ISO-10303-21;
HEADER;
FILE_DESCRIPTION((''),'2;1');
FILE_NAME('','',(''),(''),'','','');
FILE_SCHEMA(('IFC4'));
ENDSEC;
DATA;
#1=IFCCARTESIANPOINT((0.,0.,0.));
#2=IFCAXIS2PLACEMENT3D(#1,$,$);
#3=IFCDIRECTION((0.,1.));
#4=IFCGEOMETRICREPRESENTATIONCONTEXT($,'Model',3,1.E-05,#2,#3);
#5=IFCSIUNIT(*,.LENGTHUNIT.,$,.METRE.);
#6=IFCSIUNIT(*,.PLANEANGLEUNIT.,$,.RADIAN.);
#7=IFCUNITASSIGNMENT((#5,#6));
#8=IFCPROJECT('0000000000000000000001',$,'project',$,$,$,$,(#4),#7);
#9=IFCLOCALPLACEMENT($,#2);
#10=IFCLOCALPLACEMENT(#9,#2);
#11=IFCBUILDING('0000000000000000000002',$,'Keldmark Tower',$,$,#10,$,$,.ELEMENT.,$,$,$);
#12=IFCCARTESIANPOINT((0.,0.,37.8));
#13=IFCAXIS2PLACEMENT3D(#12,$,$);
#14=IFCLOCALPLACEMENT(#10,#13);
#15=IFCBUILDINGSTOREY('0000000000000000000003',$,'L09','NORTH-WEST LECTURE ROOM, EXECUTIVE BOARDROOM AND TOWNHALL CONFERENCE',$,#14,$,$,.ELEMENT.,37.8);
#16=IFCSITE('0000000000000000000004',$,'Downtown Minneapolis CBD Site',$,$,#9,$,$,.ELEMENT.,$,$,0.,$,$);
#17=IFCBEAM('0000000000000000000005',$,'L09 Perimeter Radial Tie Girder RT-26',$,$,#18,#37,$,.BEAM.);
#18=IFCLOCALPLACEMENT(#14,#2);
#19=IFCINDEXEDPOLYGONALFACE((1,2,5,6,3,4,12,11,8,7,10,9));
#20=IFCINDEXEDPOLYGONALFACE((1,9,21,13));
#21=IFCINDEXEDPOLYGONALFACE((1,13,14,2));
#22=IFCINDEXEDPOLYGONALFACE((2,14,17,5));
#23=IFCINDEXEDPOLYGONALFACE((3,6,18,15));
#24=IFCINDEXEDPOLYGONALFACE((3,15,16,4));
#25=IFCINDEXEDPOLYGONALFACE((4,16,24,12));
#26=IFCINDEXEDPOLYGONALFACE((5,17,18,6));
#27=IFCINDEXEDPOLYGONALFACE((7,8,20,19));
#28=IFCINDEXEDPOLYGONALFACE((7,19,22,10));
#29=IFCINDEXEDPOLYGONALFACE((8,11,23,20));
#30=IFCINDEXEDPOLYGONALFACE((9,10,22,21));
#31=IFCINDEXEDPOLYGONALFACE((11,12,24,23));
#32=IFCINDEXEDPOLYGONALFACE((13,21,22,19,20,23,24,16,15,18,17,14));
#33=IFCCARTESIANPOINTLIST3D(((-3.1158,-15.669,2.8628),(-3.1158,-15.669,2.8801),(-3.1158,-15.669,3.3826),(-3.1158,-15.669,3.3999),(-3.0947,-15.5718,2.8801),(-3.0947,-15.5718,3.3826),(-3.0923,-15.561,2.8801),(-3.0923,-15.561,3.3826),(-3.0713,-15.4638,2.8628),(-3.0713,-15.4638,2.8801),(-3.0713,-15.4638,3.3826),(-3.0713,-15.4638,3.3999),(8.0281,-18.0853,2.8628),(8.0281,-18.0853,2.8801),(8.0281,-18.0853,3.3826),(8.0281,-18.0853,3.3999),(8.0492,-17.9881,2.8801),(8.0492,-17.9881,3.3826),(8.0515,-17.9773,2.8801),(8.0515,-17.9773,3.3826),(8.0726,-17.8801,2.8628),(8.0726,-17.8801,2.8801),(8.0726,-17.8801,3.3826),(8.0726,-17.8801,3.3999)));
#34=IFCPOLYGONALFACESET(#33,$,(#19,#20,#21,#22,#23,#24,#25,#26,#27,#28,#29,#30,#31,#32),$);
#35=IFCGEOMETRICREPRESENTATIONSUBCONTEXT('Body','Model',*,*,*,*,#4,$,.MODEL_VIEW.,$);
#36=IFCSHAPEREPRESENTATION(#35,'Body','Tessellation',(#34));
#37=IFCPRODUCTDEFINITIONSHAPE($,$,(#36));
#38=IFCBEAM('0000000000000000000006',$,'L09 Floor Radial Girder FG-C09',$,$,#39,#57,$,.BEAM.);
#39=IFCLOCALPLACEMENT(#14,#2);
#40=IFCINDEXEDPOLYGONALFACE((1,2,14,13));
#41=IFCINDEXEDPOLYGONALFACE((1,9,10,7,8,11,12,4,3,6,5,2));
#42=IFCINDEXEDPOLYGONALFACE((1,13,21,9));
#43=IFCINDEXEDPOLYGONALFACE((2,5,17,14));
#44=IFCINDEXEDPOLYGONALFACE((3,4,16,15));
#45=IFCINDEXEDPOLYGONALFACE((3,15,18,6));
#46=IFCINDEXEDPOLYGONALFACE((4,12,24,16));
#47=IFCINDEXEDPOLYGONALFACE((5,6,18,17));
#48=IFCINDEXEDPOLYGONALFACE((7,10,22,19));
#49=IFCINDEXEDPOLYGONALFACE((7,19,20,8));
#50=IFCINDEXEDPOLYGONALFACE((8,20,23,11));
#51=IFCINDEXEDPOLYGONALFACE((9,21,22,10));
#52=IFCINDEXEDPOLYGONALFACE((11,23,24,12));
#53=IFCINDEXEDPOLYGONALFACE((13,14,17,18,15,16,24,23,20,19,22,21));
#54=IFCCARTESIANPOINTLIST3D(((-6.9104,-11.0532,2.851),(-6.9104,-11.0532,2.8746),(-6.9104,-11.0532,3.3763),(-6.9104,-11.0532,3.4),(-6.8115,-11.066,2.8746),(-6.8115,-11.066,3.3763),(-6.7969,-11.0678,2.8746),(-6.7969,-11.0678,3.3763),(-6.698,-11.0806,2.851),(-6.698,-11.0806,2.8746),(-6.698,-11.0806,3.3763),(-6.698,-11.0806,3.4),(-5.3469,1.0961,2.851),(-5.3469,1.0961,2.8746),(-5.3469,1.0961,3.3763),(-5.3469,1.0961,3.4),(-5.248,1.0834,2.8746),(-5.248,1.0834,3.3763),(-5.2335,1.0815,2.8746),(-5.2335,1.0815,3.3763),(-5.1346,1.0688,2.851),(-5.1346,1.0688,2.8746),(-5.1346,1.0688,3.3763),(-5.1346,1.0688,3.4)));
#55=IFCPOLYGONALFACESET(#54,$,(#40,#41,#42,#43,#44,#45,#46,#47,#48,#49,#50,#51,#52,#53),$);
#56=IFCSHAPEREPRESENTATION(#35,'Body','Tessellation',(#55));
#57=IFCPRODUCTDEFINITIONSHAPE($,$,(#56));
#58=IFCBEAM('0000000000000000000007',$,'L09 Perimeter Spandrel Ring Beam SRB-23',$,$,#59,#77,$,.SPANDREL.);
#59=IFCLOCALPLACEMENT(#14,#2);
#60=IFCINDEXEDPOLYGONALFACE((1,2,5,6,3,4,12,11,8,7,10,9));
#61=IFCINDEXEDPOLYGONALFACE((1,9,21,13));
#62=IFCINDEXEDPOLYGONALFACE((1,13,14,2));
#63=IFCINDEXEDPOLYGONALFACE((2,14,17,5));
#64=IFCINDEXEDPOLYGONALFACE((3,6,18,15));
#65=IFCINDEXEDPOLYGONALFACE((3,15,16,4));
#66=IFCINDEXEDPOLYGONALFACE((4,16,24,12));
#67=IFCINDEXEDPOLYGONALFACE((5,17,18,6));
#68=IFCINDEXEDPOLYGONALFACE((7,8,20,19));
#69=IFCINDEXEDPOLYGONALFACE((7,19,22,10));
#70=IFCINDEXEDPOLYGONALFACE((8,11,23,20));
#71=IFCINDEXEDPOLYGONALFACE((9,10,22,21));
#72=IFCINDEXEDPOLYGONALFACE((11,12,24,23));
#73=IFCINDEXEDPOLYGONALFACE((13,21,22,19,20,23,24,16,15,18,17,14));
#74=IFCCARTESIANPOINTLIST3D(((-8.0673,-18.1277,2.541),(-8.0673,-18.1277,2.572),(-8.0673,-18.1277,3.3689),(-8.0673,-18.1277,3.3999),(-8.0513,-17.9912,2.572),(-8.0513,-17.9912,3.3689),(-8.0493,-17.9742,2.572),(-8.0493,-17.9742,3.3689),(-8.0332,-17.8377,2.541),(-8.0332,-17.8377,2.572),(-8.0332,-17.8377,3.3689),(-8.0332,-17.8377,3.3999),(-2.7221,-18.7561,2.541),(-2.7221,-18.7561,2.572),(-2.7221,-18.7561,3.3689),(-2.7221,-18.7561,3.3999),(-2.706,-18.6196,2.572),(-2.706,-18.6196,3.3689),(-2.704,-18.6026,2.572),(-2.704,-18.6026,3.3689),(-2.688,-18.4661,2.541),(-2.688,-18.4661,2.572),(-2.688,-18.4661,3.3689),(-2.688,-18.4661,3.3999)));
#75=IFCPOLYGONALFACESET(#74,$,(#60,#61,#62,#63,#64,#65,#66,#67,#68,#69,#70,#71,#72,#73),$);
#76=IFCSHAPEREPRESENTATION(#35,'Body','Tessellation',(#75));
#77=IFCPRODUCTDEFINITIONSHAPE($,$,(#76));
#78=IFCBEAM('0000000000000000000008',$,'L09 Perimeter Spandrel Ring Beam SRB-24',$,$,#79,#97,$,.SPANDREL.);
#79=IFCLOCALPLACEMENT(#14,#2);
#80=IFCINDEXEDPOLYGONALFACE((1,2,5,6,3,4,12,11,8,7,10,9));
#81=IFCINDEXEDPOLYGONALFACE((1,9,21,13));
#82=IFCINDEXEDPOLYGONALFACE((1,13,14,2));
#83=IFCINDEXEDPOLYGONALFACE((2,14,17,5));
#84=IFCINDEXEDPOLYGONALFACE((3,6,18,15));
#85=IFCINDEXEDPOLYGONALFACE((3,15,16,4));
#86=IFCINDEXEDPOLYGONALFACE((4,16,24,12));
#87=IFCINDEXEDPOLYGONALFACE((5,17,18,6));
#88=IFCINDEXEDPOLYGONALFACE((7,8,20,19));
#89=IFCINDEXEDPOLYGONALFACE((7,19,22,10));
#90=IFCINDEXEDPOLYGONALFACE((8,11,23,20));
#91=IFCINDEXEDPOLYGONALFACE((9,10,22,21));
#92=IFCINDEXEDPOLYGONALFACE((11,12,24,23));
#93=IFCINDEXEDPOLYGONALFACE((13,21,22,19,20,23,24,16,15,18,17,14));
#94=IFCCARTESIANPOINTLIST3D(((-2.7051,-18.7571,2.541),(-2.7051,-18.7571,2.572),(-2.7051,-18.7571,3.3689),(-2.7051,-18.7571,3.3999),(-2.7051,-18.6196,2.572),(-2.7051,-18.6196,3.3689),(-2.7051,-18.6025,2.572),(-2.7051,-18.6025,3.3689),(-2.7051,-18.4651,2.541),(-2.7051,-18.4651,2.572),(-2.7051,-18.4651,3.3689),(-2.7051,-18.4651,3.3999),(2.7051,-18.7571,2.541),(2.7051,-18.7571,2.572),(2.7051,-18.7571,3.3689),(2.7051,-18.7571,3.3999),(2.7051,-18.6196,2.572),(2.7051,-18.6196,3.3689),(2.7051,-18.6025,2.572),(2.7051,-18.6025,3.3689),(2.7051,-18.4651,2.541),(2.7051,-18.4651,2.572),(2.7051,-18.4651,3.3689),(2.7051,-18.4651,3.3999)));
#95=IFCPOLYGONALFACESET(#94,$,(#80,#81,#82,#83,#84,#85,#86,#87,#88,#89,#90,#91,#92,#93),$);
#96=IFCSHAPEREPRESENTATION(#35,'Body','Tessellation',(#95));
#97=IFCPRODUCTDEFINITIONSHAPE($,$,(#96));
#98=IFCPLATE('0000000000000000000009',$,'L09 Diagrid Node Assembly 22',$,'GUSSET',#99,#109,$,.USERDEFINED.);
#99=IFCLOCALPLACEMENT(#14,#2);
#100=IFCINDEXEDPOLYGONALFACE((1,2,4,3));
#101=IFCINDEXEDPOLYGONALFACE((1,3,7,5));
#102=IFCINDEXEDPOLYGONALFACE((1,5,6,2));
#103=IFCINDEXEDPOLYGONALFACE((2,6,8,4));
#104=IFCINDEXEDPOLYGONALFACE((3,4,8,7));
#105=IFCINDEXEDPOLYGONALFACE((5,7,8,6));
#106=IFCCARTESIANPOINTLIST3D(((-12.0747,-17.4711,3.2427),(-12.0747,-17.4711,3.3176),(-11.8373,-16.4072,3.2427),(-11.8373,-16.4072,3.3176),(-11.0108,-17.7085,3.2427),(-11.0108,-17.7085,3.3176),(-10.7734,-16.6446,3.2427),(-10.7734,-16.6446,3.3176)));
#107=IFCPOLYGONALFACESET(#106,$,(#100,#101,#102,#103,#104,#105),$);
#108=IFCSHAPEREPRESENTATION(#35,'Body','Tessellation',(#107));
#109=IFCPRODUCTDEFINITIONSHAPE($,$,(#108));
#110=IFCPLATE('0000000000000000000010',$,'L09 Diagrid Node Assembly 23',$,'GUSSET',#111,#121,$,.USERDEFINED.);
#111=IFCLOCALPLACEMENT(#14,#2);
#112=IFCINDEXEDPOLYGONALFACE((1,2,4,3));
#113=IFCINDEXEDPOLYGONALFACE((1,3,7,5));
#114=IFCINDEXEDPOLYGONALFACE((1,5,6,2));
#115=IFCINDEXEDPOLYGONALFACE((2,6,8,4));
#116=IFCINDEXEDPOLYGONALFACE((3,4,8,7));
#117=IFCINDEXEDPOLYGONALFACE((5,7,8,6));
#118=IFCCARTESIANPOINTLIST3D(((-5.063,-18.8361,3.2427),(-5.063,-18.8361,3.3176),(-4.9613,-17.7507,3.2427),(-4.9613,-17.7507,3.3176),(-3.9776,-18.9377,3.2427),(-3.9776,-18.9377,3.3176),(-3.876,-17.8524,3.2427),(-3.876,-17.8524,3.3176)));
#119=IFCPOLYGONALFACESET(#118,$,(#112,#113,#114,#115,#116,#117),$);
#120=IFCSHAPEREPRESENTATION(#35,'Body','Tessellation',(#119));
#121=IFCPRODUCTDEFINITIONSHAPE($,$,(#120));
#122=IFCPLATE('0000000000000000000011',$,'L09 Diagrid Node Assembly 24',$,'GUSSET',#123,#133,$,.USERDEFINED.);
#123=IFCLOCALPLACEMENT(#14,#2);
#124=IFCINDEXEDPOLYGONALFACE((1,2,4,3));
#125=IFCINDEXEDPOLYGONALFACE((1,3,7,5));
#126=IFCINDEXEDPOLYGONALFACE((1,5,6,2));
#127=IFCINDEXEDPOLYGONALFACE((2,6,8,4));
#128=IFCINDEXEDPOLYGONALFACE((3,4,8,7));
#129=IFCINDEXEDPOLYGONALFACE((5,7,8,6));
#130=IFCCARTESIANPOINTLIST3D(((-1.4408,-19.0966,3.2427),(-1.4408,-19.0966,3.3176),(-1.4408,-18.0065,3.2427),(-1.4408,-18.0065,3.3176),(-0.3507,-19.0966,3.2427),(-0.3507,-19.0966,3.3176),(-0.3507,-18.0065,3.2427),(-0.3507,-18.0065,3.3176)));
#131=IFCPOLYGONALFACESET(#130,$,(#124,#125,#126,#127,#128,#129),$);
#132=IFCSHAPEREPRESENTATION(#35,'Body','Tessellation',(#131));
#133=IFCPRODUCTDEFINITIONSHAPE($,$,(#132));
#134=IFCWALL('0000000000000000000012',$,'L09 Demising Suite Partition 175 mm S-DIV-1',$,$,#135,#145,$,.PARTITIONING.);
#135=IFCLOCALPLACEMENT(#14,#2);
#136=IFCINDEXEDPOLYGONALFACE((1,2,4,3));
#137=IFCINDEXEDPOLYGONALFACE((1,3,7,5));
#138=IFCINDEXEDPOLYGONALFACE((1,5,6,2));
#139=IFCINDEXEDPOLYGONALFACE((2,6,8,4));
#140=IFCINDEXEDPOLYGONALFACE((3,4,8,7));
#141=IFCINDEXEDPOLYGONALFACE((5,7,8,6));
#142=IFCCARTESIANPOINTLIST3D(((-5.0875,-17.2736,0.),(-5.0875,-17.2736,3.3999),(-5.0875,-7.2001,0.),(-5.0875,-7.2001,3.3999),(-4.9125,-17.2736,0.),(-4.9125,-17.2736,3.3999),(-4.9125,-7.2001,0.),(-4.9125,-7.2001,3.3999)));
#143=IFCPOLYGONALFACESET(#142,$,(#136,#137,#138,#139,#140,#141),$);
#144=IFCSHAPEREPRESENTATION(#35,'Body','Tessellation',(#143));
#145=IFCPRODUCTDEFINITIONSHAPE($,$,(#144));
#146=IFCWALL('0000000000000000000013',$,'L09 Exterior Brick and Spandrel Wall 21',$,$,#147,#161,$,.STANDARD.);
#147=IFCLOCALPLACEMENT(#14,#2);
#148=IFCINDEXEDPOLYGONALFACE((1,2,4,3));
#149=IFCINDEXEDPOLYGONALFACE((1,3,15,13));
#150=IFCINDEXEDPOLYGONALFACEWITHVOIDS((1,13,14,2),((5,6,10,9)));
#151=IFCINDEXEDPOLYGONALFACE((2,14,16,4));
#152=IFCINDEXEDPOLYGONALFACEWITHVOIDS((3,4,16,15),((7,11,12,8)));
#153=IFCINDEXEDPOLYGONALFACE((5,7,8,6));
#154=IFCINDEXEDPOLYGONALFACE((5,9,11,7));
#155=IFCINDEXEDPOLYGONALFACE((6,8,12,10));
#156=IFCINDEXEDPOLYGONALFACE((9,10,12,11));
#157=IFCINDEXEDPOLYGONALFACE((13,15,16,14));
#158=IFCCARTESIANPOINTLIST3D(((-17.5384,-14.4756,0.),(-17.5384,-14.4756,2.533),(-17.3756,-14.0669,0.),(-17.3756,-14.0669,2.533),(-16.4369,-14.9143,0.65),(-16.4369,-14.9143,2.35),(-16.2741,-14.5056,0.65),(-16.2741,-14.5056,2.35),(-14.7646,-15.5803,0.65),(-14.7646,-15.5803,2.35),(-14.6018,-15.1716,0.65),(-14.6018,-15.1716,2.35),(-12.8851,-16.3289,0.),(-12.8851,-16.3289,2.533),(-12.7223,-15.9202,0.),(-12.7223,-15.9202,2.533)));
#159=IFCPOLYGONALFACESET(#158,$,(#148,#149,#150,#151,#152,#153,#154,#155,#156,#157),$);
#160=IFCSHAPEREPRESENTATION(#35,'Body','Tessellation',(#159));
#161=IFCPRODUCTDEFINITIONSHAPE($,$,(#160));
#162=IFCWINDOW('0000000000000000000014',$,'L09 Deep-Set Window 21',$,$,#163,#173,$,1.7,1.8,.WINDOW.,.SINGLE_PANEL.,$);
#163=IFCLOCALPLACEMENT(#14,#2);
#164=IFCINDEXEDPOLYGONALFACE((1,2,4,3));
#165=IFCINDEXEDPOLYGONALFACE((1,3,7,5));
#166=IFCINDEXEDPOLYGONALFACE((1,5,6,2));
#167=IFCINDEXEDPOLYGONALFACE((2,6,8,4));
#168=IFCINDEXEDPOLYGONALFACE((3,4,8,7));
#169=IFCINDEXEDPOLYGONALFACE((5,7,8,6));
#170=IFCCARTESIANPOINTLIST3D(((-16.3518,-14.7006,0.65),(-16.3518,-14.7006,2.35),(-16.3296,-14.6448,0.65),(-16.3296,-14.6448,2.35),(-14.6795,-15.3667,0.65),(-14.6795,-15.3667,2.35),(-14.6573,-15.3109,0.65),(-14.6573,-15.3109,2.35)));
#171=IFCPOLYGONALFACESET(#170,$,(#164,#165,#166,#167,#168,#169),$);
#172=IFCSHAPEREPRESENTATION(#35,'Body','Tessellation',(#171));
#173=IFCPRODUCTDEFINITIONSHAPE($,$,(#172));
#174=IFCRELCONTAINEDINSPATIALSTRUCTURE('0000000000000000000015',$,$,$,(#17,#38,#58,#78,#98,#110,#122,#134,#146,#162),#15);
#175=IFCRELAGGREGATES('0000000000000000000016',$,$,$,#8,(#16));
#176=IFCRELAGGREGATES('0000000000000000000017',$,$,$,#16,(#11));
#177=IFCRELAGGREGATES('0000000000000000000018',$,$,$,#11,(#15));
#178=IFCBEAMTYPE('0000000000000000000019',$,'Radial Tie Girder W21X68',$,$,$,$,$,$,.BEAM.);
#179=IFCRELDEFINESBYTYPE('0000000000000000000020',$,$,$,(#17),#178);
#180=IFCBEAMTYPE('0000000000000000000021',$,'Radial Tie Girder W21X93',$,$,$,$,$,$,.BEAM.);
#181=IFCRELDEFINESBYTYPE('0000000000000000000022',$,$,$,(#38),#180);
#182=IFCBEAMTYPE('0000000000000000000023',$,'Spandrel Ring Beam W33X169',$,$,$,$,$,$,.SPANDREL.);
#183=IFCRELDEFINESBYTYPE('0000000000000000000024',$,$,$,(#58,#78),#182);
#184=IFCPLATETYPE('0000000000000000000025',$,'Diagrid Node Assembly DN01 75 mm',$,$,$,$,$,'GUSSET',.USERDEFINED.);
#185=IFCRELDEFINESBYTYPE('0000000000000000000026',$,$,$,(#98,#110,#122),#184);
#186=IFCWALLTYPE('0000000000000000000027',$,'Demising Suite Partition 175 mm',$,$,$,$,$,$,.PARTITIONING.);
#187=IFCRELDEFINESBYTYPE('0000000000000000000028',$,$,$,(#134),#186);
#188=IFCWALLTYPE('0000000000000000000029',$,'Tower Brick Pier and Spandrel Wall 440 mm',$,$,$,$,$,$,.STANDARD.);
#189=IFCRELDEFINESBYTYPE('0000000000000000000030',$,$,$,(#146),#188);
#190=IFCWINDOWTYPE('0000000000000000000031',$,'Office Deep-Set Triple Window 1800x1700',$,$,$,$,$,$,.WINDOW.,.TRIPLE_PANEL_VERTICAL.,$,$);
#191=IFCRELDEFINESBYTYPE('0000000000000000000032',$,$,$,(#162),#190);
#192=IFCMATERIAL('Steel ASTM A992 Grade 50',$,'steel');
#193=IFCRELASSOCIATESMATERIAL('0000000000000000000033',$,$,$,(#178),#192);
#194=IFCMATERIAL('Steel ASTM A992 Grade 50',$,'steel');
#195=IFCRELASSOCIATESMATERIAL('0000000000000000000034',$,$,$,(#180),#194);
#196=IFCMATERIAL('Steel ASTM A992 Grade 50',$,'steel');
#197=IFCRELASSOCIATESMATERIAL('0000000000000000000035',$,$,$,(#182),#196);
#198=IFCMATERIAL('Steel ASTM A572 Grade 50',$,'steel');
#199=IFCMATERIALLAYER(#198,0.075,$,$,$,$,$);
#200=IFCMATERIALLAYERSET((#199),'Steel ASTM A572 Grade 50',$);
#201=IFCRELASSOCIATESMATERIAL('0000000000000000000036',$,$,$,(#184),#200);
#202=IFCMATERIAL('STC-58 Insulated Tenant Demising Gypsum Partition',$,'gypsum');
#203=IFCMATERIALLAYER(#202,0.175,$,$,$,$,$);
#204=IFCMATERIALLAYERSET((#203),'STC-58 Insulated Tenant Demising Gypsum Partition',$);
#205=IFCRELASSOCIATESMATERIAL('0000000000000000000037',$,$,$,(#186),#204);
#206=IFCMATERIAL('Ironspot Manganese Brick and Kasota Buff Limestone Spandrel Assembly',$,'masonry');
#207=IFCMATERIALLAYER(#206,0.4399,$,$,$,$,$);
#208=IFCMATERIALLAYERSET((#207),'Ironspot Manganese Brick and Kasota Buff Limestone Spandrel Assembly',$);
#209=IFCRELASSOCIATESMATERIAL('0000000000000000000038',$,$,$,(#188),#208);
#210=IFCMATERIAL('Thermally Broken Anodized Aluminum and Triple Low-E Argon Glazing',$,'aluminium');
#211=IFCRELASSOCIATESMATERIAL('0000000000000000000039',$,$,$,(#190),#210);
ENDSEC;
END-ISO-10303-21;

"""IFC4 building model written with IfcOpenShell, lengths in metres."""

from ifc_helpers import new_model, si_unit, direction, frame, frame_2d, origin, origin_2d, place, context, subcontext, project, spatial, rectangle, i_section, extrude, material, layer, layer_set, material_profile, profile_set, type_object, element, fill, save


model = new_model("IFC4")

# Units and contexts
model_context = context("Model", 3, precision=1e-05, world=origin(), true_north=direction((0.0, 1.0)))
body_context = subcontext(model_context, "Body", "Model", "MODEL_VIEW")
ifc_project = project(units=[si_unit("LENGTHUNIT", "METRE"), si_unit("PLANEANGLEUNIT", "RADIAN")], contexts=[model_context])

# Site, building, storey
site_placement = place(None, origin())
site = spatial("IfcSite", under=ifc_project, at=site_placement, Name="Downtown Minneapolis CBD Site", CompositionType="ELEMENT", RefElevation=0.0)
building_placement = place(site_placement, origin())
building = spatial("IfcBuilding", under=site, at=building_placement, Name="Keldmark Tower", CompositionType="ELEMENT")
storey_placement = place(building_placement, frame((0.0, 0.0, 37.8)))
storey = spatial("IfcBuildingStorey", under=building, at=storey_placement, Name="L09", Description="NORTH-WEST LECTURE ROOM, EXECUTIVE BOARDROOM AND TOWNHALL CONFERENCE", CompositionType="ELEMENT", Elevation=37.8)

# Beams
ifc_material_1 = material(Name="Steel ASTM A992 Grade 50", Category="steel")
ifc_material_profile_1 = material_profile(ifc_material_1, i_section(OverallWidth=0.21, OverallDepth=0.5371, WebThickness=0.011, FlangeThickness=0.0173, at=origin_2d()), Name="W21X68")
ifc_profile_set_1 = profile_set([ifc_material_profile_1], Name="Steel ASTM A992 Grade 50")
beam_type_1 = type_object("IfcBeamType", Name="Radial Tie Girder W21X68", PredefinedType="BEAM", material=ifc_profile_set_1)
beam_1_placement = place(storey_placement, frame((-3.0935, -15.5664, 3.1313), z_axis=(0.977291, -0.211902, 0.0), x_axis=(0.211902, 0.977291, 0.0)))
element("IfcBeam", 1, at=beam_1_placement, inside=storey, type_object=beam_type_1, Name="L09 Perimeter Radial Tie Girder RT-26", PredefinedType="BEAM", context=body_context, shape_type="SweptSolid", body=[
    extrude(i_section(OverallWidth=0.21, OverallDepth=0.5371, WebThickness=0.011, FlangeThickness=0.0173, at=origin_2d()), origin(), (0.0, 0.0, 1.0), 11.4028),
])
ifc_material_2 = material(Name="Steel ASTM A992 Grade 50", Category="steel")
ifc_material_profile_2 = material_profile(ifc_material_2, i_section(OverallWidth=0.2141, OverallDepth=0.5491, WebThickness=0.0146, FlangeThickness=0.0237, at=origin_2d()), Name="W21X93")
ifc_profile_set_2 = profile_set([ifc_material_profile_2], Name="Steel ASTM A992 Grade 50")
beam_type_2 = type_object("IfcBeamType", Name="Radial Tie Girder W21X93", PredefinedType="BEAM", material=ifc_profile_set_2)
beam_2_placement = place(storey_placement, frame((-6.8042, -11.0669, 3.1255), z_axis=(0.127635, 0.991821, 0.0), x_axis=(-0.991821, 0.127635, 0.0)))
element("IfcBeam", 2, at=beam_2_placement, inside=storey, type_object=beam_type_2, Name="L09 Floor Radial Girder FG-C09", PredefinedType="BEAM", context=body_context, shape_type="SweptSolid", body=[
    extrude(i_section(OverallWidth=0.2141, OverallDepth=0.5491, WebThickness=0.0146, FlangeThickness=0.0237, at=origin_2d()), origin(), (0.0, 0.0, 1.0), 12.2495),
])
ifc_material_3 = material(Name="Steel ASTM A992 Grade 50", Category="steel")
ifc_material_profile_3 = material_profile(ifc_material_3, i_section(OverallWidth=0.292, OverallDepth=0.8589, WebThickness=0.0171, FlangeThickness=0.031, at=origin_2d()), Name="W33X169")
ifc_profile_set_3 = profile_set([ifc_material_profile_3], Name="Steel ASTM A992 Grade 50")
beam_type_3 = type_object("IfcBeamType", Name="Spandrel Ring Beam W33X169", PredefinedType="SPANDREL", material=ifc_profile_set_3)
beam_3_placement = place(storey_placement, frame((-8.0503, -17.9827, 2.9705), z_axis=(0.99316, -0.116762, 0.0), x_axis=(0.116762, 0.99316, 0.0)))
element("IfcBeam", 3, at=beam_3_placement, inside=storey, type_object=beam_type_3, Name="L09 Perimeter Spandrel Ring Beam SRB-23", PredefinedType="SPANDREL", context=body_context, shape_type="SweptSolid", body=[
    extrude(i_section(OverallWidth=0.292, OverallDepth=0.8589, WebThickness=0.0171, FlangeThickness=0.031, at=origin_2d()), origin(), (0.0, 0.0, 1.0), 5.3821),
])
beam_4_placement = place(storey_placement, frame((-2.7051, -18.6111, 2.9705), z_axis=(1.0, 0.0, 0.0), x_axis=(0.0, 1.0, 0.0)))
element("IfcBeam", 4, at=beam_4_placement, inside=storey, type_object=beam_type_3, Name="L09 Perimeter Spandrel Ring Beam SRB-24", PredefinedType="SPANDREL", context=body_context, shape_type="SweptSolid", body=[
    extrude(i_section(OverallWidth=0.292, OverallDepth=0.8589, WebThickness=0.0171, FlangeThickness=0.031, at=origin_2d()), origin(), (0.0, 0.0, 1.0), 5.4102),
])

# Plates
ifc_material_4 = material(Name="Steel ASTM A572 Grade 50", Category="steel")
ifc_layer_1 = layer(ifc_material_4, 0.075)
ifc_layer_set_1 = layer_set([ifc_layer_1], Name="Steel ASTM A572 Grade 50")
plate_type = type_object("IfcPlateType", Name="Diagrid Node Assembly DN01 75 mm", ElementType="GUSSET", PredefinedType="USERDEFINED", material=ifc_layer_set_1)
for number, where, z_axis, x_axis, name in (
    (5, (-11.4241, -17.0579, 3.2427), (0.0, 0.0, 1.0), (0.975993, -0.217803, 0.0), "L09 Diagrid Node Assembly 22"),
    (6, (-4.4695, -18.3442, 3.2427), (0.0, 0.0, 1.0), (0.995644, -0.093239, 0.0), "L09 Diagrid Node Assembly 23"),
    (7, (-0.8958, -18.5515, 3.2427), (0.0, 0.0, 1.0), (1.0, 0.0, 0.0), "L09 Diagrid Node Assembly 24"),
):
    element("IfcPlate", number, at=place(storey_placement, frame(where, z_axis=z_axis, x_axis=x_axis)), inside=storey, type_object=plate_type, Name=name, ObjectType="GUSSET", PredefinedType="USERDEFINED", context=body_context, shape_type="SweptSolid", body=[
        extrude(rectangle(XDim=1.0901, YDim=1.0901, at=origin_2d()), origin(), (0.0, 0.0, 1.0), 0.075),
    ])

# Wall
ifc_material_5 = material(Name="STC-58 Insulated Tenant Demising Gypsum Partition", Category="gypsum")
ifc_layer_2 = layer(ifc_material_5, 0.175)
ifc_layer_set_2 = layer_set([ifc_layer_2], Name="STC-58 Insulated Tenant Demising Gypsum Partition")
wall_type_1 = type_object("IfcWallType", Name="Demising Suite Partition 175 mm", PredefinedType="PARTITIONING", material=ifc_layer_set_2)
wall_1_placement = place(storey_placement, frame((-5.0, -17.2734, 0.0), z_axis=(0.0, 0.0, 1.0), x_axis=(0.0, 1.0, 0.0)))
element("IfcWall", 8, at=wall_1_placement, inside=storey, type_object=wall_type_1, Name="L09 Demising Suite Partition 175 mm S-DIV-1", PredefinedType="PARTITIONING", context=body_context, shape_type="SweptSolid", body=[
    extrude(rectangle(XDim=10.0735, YDim=0.175, at=frame_2d((5.0366, 0.0))), origin(), (0.0, 0.0, 1.0), 3.3999),
])

# Wall, opening, window
ifc_material_6 = material(Name="Ironspot Manganese Brick and Kasota Buff Limestone Spandrel Assembly", Category="masonry")
ifc_layer_3 = layer(ifc_material_6, 0.4399)
ifc_layer_set_3 = layer_set([ifc_layer_3], Name="Ironspot Manganese Brick and Kasota Buff Limestone Spandrel Assembly")
wall_type_2 = type_object("IfcWallType", Name="Tower Brick Pier and Spandrel Wall 440 mm", PredefinedType="STANDARD", material=ifc_layer_set_3)
wall_2_placement = place(storey_placement, frame((-12.8037, -16.1245, 0.0), z_axis=(0.0, 0.0, 1.0), x_axis=(-0.92903, 0.370004, 0.0)))
wall_2 = element("IfcWall", 9, at=wall_2_placement, inside=storey, type_object=wall_type_2, Name="L09 Exterior Brick and Spandrel Wall 21", PredefinedType="STANDARD", context=body_context, shape_type="SweptSolid", body=[
    extrude(rectangle(XDim=5.0088, YDim=0.4399, at=frame_2d((2.5044, 0.0))), origin(), (0.0, 0.0, 1.0), 2.533),
])
opening_1_placement = place(wall_2_placement, frame((2.0232, 0.0, 0.6499)))
opening_1 = element("IfcOpeningElement", 10, at=opening_1_placement, cuts=wall_2, PredefinedType="OPENING", context=body_context, shape_type="SweptSolid", body=[
    extrude(rectangle(XDim=1.8, YDim=1.7, at=frame_2d((0.8999, 0.8501))), frame((0.0, 0.23, 0.0), z_axis=(0.0, -1.0, 0.0), x_axis=(1.0, 0.0, 0.0)), (0.0, 0.0, 1.0), 0.46),
])
ifc_material_7 = material(Name="Thermally Broken Anodized Aluminum and Triple Low-E Argon Glazing", Category="aluminium")
window_type = type_object("IfcWindowType", Name="Office Deep-Set Triple Window 1800x1700", PartitioningType="TRIPLE_PANEL_VERTICAL", PredefinedType="WINDOW", material=ifc_material_7)
window_1_placement = place(opening_1_placement, origin())
window_1 = element("IfcWindow", 11, at=window_1_placement, inside=storey, type_object=window_type, Name="L09 Deep-Set Window 21", OverallHeight=1.7, OverallWidth=1.8, PartitioningType="SINGLE_PANEL", PredefinedType="WINDOW", context=body_context, shape_type="SweptSolid", body=[
    extrude(rectangle(XDim=1.8, YDim=1.7, at=frame_2d((0.8999, 0.8501))), frame((0.0, -0.01, 0.0), z_axis=(0.0, -1.0, 0.0), x_axis=(1.0, 0.0, 0.0)), (0.0, 0.0, 1.0), 0.0601),
])
fill(opening_1, window_1)

save(model, "model.ifc")
